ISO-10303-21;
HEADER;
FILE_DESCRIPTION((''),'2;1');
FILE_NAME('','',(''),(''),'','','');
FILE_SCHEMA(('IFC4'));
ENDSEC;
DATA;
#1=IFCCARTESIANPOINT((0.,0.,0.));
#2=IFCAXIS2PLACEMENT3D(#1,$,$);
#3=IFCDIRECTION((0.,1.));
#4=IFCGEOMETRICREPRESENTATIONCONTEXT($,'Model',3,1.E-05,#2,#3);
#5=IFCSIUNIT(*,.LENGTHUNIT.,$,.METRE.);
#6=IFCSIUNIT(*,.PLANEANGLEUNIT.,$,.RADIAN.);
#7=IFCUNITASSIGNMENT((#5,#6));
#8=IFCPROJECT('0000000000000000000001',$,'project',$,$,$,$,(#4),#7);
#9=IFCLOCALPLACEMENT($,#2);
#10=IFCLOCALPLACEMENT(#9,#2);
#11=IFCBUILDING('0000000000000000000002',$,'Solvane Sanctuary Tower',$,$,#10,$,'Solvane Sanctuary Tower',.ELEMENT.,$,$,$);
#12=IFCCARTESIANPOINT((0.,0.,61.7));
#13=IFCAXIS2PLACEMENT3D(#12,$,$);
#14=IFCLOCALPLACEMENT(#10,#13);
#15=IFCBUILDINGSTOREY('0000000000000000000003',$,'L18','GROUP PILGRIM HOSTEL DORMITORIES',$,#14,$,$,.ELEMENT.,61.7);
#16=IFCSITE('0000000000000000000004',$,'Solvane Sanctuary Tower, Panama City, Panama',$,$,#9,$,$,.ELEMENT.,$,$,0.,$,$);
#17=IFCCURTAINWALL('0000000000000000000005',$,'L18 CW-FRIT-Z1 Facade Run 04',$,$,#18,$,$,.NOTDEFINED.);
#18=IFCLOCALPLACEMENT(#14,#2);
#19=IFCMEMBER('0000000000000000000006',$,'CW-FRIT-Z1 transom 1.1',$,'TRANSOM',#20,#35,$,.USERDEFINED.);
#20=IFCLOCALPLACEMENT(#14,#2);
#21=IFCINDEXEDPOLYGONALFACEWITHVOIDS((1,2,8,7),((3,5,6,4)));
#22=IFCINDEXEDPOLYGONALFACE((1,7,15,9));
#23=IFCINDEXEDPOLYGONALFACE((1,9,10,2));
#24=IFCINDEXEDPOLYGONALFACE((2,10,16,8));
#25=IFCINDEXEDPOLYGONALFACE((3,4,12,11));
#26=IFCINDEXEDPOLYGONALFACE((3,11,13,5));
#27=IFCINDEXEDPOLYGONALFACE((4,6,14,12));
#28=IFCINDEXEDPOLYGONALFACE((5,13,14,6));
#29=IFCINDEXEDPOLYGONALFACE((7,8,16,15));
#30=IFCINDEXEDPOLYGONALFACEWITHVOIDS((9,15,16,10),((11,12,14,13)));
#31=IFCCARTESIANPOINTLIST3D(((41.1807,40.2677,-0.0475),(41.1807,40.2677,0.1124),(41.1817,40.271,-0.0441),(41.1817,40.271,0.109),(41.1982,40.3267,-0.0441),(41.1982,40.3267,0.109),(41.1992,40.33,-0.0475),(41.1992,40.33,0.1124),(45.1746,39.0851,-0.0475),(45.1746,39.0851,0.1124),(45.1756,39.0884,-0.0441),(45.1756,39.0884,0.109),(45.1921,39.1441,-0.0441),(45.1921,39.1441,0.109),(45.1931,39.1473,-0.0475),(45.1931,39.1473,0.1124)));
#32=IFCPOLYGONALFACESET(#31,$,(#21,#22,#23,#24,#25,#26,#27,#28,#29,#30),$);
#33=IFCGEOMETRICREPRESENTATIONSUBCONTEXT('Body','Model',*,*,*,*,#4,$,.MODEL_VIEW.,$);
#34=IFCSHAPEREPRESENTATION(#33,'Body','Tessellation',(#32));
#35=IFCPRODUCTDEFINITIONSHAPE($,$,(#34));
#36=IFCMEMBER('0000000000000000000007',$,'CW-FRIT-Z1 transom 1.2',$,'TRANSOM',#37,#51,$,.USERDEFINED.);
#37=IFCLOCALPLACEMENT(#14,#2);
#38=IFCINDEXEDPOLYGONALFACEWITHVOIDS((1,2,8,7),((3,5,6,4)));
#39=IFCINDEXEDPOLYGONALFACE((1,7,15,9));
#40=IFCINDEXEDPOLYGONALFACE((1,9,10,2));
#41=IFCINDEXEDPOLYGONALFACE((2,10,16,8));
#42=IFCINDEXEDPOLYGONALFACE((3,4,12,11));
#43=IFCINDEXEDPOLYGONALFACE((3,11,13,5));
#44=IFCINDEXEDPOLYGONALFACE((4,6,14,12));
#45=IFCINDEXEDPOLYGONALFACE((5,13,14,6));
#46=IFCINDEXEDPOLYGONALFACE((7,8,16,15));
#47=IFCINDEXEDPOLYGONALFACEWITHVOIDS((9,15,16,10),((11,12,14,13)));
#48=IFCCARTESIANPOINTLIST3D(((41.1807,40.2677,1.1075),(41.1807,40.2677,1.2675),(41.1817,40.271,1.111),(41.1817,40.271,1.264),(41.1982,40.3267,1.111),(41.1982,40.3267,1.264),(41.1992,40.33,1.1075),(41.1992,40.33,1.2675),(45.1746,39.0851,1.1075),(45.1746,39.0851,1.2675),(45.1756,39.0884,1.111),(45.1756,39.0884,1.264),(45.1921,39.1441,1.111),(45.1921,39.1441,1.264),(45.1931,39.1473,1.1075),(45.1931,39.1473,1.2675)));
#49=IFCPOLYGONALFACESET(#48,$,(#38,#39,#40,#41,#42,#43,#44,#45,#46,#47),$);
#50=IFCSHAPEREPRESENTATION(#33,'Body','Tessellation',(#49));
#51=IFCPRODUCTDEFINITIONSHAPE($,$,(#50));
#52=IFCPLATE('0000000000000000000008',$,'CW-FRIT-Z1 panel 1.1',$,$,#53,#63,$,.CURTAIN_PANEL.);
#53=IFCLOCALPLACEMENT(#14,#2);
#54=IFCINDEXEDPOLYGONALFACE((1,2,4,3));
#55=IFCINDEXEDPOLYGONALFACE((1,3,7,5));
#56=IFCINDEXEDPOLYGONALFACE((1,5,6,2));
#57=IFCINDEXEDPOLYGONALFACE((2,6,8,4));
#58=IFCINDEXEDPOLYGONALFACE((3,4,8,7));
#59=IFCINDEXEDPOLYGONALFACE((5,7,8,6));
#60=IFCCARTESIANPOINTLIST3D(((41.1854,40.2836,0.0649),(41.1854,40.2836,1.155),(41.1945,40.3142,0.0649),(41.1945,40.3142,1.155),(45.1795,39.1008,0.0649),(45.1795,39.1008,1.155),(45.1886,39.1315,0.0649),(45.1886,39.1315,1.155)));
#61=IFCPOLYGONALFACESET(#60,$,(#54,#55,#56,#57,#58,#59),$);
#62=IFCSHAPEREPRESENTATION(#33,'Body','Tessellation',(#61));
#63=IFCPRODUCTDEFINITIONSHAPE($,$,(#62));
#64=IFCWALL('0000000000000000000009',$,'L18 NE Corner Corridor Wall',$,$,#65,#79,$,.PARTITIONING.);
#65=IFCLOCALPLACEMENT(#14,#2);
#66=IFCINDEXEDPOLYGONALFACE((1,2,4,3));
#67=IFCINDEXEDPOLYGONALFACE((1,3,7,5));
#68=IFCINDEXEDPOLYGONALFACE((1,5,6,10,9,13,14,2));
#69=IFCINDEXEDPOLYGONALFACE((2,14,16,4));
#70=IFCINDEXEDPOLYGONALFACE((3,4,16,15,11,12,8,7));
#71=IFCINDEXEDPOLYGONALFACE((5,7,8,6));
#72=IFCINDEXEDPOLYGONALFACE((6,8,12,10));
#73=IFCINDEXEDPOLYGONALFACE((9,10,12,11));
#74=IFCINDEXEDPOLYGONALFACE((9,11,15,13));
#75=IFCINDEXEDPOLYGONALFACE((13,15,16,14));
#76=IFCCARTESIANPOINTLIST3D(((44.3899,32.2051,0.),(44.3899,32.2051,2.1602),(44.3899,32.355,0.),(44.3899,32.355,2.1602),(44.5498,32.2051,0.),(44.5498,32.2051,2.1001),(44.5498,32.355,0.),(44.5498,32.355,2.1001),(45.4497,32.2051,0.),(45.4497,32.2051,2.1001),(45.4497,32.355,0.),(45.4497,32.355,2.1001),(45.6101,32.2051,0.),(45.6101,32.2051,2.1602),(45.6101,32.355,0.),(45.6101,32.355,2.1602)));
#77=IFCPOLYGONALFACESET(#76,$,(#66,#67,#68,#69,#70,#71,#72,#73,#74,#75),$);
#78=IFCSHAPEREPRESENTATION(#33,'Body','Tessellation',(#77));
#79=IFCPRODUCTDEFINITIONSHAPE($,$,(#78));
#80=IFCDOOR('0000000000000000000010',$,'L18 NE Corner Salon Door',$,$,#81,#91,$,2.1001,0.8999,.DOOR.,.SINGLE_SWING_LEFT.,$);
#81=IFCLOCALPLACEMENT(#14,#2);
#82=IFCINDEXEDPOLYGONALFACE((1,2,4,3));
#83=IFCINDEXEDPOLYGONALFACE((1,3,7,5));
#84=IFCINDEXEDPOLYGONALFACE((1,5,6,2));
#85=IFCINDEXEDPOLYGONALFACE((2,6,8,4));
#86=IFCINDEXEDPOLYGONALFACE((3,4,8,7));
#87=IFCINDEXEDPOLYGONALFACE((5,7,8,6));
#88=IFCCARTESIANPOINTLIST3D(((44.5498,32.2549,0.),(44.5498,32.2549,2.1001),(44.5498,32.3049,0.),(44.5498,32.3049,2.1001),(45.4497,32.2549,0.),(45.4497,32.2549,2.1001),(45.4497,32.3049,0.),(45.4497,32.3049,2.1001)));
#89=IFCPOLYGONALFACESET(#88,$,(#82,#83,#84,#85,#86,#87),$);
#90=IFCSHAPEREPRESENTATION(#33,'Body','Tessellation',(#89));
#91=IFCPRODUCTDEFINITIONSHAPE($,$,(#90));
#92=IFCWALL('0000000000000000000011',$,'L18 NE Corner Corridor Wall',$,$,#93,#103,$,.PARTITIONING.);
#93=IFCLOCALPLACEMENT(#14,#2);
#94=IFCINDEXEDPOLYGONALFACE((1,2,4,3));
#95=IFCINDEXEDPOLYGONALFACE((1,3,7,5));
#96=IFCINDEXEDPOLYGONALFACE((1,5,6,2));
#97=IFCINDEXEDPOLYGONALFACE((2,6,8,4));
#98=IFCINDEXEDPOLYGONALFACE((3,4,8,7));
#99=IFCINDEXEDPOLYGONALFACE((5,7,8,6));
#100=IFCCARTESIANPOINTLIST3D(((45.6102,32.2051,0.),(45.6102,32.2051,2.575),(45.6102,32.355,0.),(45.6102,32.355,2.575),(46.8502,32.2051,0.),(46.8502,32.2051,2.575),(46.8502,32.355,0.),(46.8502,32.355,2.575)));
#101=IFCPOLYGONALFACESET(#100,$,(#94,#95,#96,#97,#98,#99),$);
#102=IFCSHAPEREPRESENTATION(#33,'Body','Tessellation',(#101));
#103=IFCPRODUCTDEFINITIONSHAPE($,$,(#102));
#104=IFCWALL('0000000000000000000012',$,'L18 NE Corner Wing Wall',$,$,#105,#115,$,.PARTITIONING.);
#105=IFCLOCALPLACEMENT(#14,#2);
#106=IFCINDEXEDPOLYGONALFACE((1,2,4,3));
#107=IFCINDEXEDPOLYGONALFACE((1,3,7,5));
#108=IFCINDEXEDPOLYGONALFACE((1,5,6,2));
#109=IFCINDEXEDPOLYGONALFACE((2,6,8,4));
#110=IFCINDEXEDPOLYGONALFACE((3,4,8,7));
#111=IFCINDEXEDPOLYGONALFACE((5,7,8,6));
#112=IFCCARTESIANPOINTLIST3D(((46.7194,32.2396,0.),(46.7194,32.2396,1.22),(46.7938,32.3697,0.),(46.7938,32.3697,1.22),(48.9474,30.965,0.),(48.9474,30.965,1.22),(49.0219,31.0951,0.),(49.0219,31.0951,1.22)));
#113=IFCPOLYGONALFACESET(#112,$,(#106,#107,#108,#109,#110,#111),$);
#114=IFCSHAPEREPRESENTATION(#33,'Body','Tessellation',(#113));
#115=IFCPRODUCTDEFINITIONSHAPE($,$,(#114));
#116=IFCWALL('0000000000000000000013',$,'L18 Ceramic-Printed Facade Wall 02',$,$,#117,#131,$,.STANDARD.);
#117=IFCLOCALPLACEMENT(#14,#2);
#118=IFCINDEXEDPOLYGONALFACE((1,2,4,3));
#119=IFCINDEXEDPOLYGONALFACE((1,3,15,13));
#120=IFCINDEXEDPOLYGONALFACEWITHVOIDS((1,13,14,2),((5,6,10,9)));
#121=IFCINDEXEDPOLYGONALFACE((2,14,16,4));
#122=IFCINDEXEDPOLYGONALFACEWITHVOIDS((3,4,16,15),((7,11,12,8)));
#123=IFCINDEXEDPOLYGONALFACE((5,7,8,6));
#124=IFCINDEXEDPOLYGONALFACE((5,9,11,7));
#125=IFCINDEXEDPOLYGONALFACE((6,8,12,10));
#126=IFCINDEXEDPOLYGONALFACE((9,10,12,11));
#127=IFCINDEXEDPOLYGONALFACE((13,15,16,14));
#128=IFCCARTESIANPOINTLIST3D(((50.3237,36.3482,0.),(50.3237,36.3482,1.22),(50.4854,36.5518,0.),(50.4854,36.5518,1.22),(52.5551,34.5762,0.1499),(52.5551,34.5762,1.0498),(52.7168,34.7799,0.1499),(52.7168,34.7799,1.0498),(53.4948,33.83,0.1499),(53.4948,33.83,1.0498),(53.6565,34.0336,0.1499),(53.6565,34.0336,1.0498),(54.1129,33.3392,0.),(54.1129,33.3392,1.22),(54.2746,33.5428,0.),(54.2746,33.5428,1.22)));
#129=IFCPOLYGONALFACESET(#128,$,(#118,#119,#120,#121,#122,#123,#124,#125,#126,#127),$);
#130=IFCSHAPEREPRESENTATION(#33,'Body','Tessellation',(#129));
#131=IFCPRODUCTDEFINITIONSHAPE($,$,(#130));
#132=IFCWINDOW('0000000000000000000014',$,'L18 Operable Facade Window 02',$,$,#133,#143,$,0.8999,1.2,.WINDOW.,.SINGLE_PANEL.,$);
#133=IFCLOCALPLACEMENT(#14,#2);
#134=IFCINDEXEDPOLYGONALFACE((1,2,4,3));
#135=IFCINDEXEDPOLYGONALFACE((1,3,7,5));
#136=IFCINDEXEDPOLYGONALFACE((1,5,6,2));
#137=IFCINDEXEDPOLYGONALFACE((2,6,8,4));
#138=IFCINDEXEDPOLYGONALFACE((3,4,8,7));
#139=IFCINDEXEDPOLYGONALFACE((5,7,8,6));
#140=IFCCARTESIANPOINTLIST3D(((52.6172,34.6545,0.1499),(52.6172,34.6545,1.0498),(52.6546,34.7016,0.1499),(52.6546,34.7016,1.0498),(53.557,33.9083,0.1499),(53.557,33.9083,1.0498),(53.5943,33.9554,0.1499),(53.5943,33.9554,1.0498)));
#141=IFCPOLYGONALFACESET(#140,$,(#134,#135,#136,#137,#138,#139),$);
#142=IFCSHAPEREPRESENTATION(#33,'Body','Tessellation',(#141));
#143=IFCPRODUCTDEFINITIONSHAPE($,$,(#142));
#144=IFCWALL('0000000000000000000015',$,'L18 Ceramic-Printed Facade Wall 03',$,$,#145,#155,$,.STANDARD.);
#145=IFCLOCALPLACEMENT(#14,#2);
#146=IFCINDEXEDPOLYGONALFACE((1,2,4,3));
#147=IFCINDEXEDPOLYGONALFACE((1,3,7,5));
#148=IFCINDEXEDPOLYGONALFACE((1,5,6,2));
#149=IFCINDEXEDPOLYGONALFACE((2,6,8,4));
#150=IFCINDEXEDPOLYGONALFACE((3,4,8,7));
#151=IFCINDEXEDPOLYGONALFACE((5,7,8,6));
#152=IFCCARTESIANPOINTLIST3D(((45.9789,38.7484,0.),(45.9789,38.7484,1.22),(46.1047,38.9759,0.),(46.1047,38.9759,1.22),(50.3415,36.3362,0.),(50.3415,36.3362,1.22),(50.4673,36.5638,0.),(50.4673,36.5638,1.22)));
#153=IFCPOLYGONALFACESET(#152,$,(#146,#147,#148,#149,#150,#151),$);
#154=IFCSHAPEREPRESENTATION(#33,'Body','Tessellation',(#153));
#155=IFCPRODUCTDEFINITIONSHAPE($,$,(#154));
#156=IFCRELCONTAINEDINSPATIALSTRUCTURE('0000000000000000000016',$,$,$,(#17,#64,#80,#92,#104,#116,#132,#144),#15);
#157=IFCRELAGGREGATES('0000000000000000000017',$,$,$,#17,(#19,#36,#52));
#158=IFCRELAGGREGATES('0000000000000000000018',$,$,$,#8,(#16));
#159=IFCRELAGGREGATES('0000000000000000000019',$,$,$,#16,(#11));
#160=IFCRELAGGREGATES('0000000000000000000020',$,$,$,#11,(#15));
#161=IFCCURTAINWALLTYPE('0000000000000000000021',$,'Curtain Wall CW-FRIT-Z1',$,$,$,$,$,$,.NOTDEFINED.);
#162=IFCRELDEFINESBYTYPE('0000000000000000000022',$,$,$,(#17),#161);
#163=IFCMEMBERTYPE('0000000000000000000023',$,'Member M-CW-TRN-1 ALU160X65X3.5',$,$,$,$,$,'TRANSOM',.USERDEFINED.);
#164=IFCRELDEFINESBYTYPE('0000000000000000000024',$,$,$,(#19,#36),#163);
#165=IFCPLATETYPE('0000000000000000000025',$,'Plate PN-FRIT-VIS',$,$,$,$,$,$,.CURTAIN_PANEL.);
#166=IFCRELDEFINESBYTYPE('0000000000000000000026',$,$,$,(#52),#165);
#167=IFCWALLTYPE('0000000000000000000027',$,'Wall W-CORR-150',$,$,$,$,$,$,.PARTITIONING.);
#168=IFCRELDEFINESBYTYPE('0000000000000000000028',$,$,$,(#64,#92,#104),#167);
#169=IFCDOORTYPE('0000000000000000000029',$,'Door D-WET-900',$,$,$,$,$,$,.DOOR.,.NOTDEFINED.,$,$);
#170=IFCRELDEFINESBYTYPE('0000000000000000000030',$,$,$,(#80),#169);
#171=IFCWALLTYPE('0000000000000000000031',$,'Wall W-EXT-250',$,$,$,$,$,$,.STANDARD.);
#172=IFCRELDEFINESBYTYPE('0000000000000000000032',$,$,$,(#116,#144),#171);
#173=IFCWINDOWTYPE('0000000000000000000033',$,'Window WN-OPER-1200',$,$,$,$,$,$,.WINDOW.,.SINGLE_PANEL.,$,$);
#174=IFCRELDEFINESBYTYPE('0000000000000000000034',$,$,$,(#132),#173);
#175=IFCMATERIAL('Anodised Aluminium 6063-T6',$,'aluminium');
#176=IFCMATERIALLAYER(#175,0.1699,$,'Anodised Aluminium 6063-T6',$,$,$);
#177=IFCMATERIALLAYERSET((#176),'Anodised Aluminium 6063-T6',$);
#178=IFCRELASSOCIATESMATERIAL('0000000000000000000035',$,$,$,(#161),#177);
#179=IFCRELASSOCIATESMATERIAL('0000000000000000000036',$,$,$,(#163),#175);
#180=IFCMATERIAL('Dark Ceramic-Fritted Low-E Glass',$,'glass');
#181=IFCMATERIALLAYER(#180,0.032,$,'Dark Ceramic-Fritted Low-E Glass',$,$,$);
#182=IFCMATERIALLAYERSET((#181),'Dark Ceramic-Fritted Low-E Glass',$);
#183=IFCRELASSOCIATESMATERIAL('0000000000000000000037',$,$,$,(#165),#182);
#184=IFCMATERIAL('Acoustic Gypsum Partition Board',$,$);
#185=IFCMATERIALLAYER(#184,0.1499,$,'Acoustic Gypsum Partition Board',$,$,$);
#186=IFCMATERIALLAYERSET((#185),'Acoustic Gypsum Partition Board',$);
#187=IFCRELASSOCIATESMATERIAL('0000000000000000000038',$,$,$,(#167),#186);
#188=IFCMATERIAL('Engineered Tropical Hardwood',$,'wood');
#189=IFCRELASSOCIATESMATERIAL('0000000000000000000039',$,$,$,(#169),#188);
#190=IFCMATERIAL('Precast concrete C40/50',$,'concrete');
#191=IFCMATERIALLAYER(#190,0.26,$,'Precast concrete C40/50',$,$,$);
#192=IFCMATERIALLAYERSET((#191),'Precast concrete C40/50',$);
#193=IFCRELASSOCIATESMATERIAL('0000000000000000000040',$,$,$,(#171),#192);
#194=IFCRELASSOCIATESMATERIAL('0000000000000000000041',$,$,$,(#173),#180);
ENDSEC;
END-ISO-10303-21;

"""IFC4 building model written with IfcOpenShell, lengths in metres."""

from ifc_helpers import new_model, si_unit, direction, frame, frame_2d, origin, origin_2d, place, context, subcontext, project, spatial, rectangle, hollow_rectangle, extrude, material, layer, layer_set, material_profile, profile_set, type_object, element, fill, aggregate, save


model = new_model("IFC4")

# Units and contexts
model_context = context("Model", 3, precision=1e-05, world=origin(), true_north=direction((0.0, 1.0)))
body_context = subcontext(model_context, "Body", "Model", "MODEL_VIEW")
ifc_project = project(units=[si_unit("LENGTHUNIT", "METRE"), si_unit("PLANEANGLEUNIT", "RADIAN")], contexts=[model_context])

# Site, building, storey
site_placement = place(None, origin())
site = spatial("IfcSite", under=ifc_project, at=site_placement, Name="Solvane Sanctuary Tower, Panama City, Panama", CompositionType="ELEMENT", RefElevation=0.0)
building_placement = place(site_placement, origin())
building = spatial("IfcBuilding", under=site, at=building_placement, Name="Solvane Sanctuary Tower", LongName="Solvane Sanctuary Tower", CompositionType="ELEMENT")
storey_placement = place(building_placement, frame((0.0, 0.0, 61.7)))
storey = spatial("IfcBuildingStorey", under=building, at=storey_placement, Name="L18", Description="GROUP PILGRIM HOSTEL DORMITORIES", CompositionType="ELEMENT", Elevation=61.7)

# Curtain wall, members, plate
ifc_material_1 = material(Name="Anodised Aluminium 6063-T6", Category="aluminium")
ifc_layer_1 = layer(ifc_material_1, 0.1699, Name="Anodised Aluminium 6063-T6")
ifc_layer_set_1 = layer_set([ifc_layer_1], Name="Anodised Aluminium 6063-T6")
curtain_wall_type = type_object("IfcCurtainWallType", Name="Curtain Wall CW-FRIT-Z1", PredefinedType="NOTDEFINED", material=ifc_layer_set_1)
curtain_wall_placement = place(storey_placement, origin())
curtain_wall = element("IfcCurtainWall", 1, at=curtain_wall_placement, inside=storey, type_object=curtain_wall_type, Name="L18 CW-FRIT-Z1 Facade Run 04", PredefinedType="NOTDEFINED")
ifc_material_profile_1 = material_profile(ifc_material_1, hollow_rectangle(XDim=0.0649, YDim=0.1599, WallThickness=0.0034, at=origin_2d()), Name="ALU160X65X3.5")
ifc_profile_set_1 = profile_set([ifc_material_profile_1], Name="Anodised Aluminium 6063-T6")
member_type_1 = type_object("IfcMemberType", Name="Member M-CW-TRN-1 ALU160X65X3.5", ElementType="TRANSOM", PredefinedType="USERDEFINED", material=ifc_profile_set_1)
member_1_placement = place(storey_placement, frame((45.1838, 39.1162, 0.0325), z_axis=(-0.958848, 0.283921, 0.0), x_axis=(-0.283921, -0.958848, 0.0)))
member_1 = element("IfcMember", 2, at=member_1_placement, type_object=member_type_1, Name="CW-FRIT-Z1 transom 1.1", ObjectType="TRANSOM", PredefinedType="USERDEFINED", context=body_context, shape_type="SweptSolid", body=[
    extrude(hollow_rectangle(XDim=0.0649, YDim=0.1599, WallThickness=0.0034, at=origin_2d()), origin(), (0.0, 0.0, 1.0), 4.1653),
])
member_2_placement = place(storey_placement, frame((45.1838, 39.1162, 1.1875), z_axis=(-0.958848, 0.283921, 0.0), x_axis=(-0.283921, -0.958848, 0.0)))
member_2 = element("IfcMember", 3, at=member_2_placement, type_object=member_type_1, Name="CW-FRIT-Z1 transom 1.2", ObjectType="TRANSOM", PredefinedType="USERDEFINED", context=body_context, shape_type="SweptSolid", body=[
    extrude(hollow_rectangle(XDim=0.0649, YDim=0.1599, WallThickness=0.0034, at=origin_2d()), origin(), (0.0, 0.0, 1.0), 4.1653),
])
ifc_material_2 = material(Name="Dark Ceramic-Fritted Low-E Glass", Category="glass")
ifc_layer_2 = layer(ifc_material_2, 0.032, Name="Dark Ceramic-Fritted Low-E Glass")
ifc_layer_set_2 = layer_set([ifc_layer_2], Name="Dark Ceramic-Fritted Low-E Glass")
plate_type = type_object("IfcPlateType", Name="Plate PN-FRIT-VIS", PredefinedType="CURTAIN_PANEL", material=ifc_layer_set_2)
plate_placement = place(storey_placement, frame((43.187, 39.7075, 0.0649), z_axis=(0.0, 0.0, 1.0), x_axis=(-0.958843, 0.283936, 0.0)))
plate = element("IfcPlate", 4, at=plate_placement, type_object=plate_type, Name="CW-FRIT-Z1 panel 1.1", PredefinedType="CURTAIN_PANEL", context=body_context, shape_type="SweptSolid", body=[
    extrude(rectangle(XDim=4.1655, YDim=0.032, at=origin_2d()), origin(), (0.0, 0.0, 1.0), 1.0901),
])
aggregate(curtain_wall, [member_1, member_2, plate])

# Wall, opening, door
ifc_material_3 = material(Name="Acoustic Gypsum Partition Board")
ifc_layer_3 = layer(ifc_material_3, 0.1499, Name="Acoustic Gypsum Partition Board")
ifc_layer_set_3 = layer_set([ifc_layer_3], Name="Acoustic Gypsum Partition Board")
wall_type_1 = type_object("IfcWallType", Name="Wall W-CORR-150", PredefinedType="PARTITIONING", material=ifc_layer_set_3)
wall_1_placement = place(storey_placement, frame((44.3899, 32.28, 0.0), z_axis=(0.0, 0.0, 1.0), x_axis=(1.0, 0.0, 0.0)))
wall_1 = element("IfcWall", 5, at=wall_1_placement, inside=storey, type_object=wall_type_1, Name="L18 NE Corner Corridor Wall", PredefinedType="PARTITIONING", context=body_context, shape_type="SweptSolid", body=[
    extrude(rectangle(XDim=1.2202, YDim=0.1499, at=frame_2d((0.6101, 0.0))), origin(), (0.0, 0.0, 1.0), 2.1602),
])
opening_1_placement = place(wall_1_placement, frame((0.1599, 0.0, 0.0)))
opening_1 = element("IfcOpeningElement", 6, at=opening_1_placement, cuts=wall_1, PredefinedType="OPENING", context=body_context, shape_type="SweptSolid", body=[
    extrude(rectangle(XDim=0.8999, YDim=2.1001, at=frame_2d((0.45, 1.05))), frame((0.0, 0.085, 0.0), z_axis=(0.0, -1.0, 0.0), x_axis=(1.0, 0.0, 0.0)), (0.0, 0.0, 1.0), 0.1699),
])
ifc_material_4 = material(Name="Engineered Tropical Hardwood", Category="wood")
door_type_1 = type_object("IfcDoorType", Name="Door D-WET-900", OperationType="NOTDEFINED", PredefinedType="DOOR", material=ifc_material_4)
door_1_placement = place(opening_1_placement, origin())
door_1 = element("IfcDoor", 7, at=door_1_placement, inside=storey, type_object=door_type_1, Name="L18 NE Corner Salon Door", OperationType="SINGLE_SWING_LEFT", OverallHeight=2.1001, OverallWidth=0.8999, PredefinedType="DOOR", context=body_context, shape_type="SweptSolid", body=[
    extrude(rectangle(XDim=0.8999, YDim=2.1001, at=frame_2d((0.45, 1.05))), frame((0.0, 0.0249, 0.0), z_axis=(0.0, -1.0, 0.0), x_axis=(1.0, 0.0, 0.0)), (0.0, 0.0, 1.0), 0.05),
])
fill(opening_1, door_1)

# Walls
wall_2_placement = place(storey_placement, frame((45.6101, 32.28, 0.0), z_axis=(0.0, 0.0, 1.0), x_axis=(1.0, 0.0, 0.0)))
element("IfcWall", 8, at=wall_2_placement, inside=storey, type_object=wall_type_1, Name="L18 NE Corner Corridor Wall", PredefinedType="PARTITIONING", context=body_context, shape_type="SweptSolid", body=[
    extrude(rectangle(XDim=1.24, YDim=0.1499, at=frame_2d((0.6201, 0.0))), origin(), (0.0, 0.0, 1.0), 2.575),
])
wall_3_placement = place(storey_placement, frame((46.7566, 32.3047, 0.0), z_axis=(0.0, 0.0, 1.0), x_axis=(0.867991, -0.496579, 0.0)))
element("IfcWall", 9, at=wall_3_placement, inside=storey, type_object=wall_type_1, Name="L18 NE Corner Wing Wall", PredefinedType="PARTITIONING", context=body_context, shape_type="SweptSolid", body=[
    extrude(rectangle(XDim=2.5669, YDim=0.1499, at=frame_2d((1.2834, 0.0))), origin(), (0.0, 0.0, 1.0), 1.22),
])

# Wall, opening, window
ifc_material_5 = material(Name="Precast concrete C40/50", Category="concrete")
ifc_layer_4 = layer(ifc_material_5, 0.26, Name="Precast concrete C40/50")
ifc_layer_set_4 = layer_set([ifc_layer_4], Name="Precast concrete C40/50")
wall_type_2 = type_object("IfcWallType", Name="Wall W-EXT-250", PredefinedType="STANDARD", material=ifc_layer_set_4)
wall_4_placement = place(storey_placement, frame((54.1938, 33.4409, 0.0), z_axis=(0.0, 0.0, 1.0), x_axis=(-0.783123, 0.621867, 0.0)))
wall_4 = element("IfcWall", 10, at=wall_4_placement, inside=storey, type_object=wall_type_2, Name="L18 Ceramic-Printed Facade Wall 02", PredefinedType="STANDARD", context=body_context, shape_type="SweptSolid", body=[
    extrude(rectangle(XDim=4.8386, YDim=0.26, at=frame_2d((2.4194, 0.0))), origin(), (0.0, 0.0, 1.0), 1.22),
])
opening_2_placement = place(wall_4_placement, frame((0.7893, 0.0, 0.1499)))
opening_2 = element("IfcOpeningElement", 11, at=opening_2_placement, cuts=wall_4, PredefinedType="OPENING", context=body_context, shape_type="SweptSolid", body=[
    extrude(rectangle(XDim=1.2, YDim=0.8999, at=frame_2d((0.6001, 0.45))), frame((0.0, 0.1399, 0.0), z_axis=(0.0, -1.0, 0.0), x_axis=(1.0, 0.0, 0.0)), (0.0, 0.0, 1.0), 0.28),
])
window_type = type_object("IfcWindowType", Name="Window WN-OPER-1200", PartitioningType="SINGLE_PANEL", PredefinedType="WINDOW", material=ifc_material_2)
window_1_placement = place(opening_2_placement, origin())
window_1 = element("IfcWindow", 12, at=window_1_placement, inside=storey, type_object=window_type, Name="L18 Operable Facade Window 02", OverallHeight=0.8999, OverallWidth=1.2, PartitioningType="SINGLE_PANEL", PredefinedType="WINDOW", context=body_context, shape_type="SweptSolid", body=[
    extrude(rectangle(XDim=1.2, YDim=0.8999, at=frame_2d((0.6001, 0.45))), frame((0.0, 0.03, 0.0), z_axis=(0.0, -1.0, 0.0), x_axis=(1.0, 0.0, 0.0)), (0.0, 0.0, 1.0), 0.0601),
])
fill(opening_2, window_1)

# Wall
wall_5_placement = place(storey_placement, frame((50.4045, 36.45, 0.0), z_axis=(0.0, 0.0, 1.0), x_axis=(-0.875137, 0.483875, 0.0)))
element("IfcWall", 13, at=wall_5_placement, inside=storey, type_object=wall_type_2, Name="L18 Ceramic-Printed Facade Wall 03", PredefinedType="STANDARD", context=body_context, shape_type="SweptSolid", body=[
    extrude(rectangle(XDim=4.9851, YDim=0.26, at=frame_2d((2.4927, 0.0))), origin(), (0.0, 0.0, 1.0), 1.22),
])

save(model, "model.ifc")
